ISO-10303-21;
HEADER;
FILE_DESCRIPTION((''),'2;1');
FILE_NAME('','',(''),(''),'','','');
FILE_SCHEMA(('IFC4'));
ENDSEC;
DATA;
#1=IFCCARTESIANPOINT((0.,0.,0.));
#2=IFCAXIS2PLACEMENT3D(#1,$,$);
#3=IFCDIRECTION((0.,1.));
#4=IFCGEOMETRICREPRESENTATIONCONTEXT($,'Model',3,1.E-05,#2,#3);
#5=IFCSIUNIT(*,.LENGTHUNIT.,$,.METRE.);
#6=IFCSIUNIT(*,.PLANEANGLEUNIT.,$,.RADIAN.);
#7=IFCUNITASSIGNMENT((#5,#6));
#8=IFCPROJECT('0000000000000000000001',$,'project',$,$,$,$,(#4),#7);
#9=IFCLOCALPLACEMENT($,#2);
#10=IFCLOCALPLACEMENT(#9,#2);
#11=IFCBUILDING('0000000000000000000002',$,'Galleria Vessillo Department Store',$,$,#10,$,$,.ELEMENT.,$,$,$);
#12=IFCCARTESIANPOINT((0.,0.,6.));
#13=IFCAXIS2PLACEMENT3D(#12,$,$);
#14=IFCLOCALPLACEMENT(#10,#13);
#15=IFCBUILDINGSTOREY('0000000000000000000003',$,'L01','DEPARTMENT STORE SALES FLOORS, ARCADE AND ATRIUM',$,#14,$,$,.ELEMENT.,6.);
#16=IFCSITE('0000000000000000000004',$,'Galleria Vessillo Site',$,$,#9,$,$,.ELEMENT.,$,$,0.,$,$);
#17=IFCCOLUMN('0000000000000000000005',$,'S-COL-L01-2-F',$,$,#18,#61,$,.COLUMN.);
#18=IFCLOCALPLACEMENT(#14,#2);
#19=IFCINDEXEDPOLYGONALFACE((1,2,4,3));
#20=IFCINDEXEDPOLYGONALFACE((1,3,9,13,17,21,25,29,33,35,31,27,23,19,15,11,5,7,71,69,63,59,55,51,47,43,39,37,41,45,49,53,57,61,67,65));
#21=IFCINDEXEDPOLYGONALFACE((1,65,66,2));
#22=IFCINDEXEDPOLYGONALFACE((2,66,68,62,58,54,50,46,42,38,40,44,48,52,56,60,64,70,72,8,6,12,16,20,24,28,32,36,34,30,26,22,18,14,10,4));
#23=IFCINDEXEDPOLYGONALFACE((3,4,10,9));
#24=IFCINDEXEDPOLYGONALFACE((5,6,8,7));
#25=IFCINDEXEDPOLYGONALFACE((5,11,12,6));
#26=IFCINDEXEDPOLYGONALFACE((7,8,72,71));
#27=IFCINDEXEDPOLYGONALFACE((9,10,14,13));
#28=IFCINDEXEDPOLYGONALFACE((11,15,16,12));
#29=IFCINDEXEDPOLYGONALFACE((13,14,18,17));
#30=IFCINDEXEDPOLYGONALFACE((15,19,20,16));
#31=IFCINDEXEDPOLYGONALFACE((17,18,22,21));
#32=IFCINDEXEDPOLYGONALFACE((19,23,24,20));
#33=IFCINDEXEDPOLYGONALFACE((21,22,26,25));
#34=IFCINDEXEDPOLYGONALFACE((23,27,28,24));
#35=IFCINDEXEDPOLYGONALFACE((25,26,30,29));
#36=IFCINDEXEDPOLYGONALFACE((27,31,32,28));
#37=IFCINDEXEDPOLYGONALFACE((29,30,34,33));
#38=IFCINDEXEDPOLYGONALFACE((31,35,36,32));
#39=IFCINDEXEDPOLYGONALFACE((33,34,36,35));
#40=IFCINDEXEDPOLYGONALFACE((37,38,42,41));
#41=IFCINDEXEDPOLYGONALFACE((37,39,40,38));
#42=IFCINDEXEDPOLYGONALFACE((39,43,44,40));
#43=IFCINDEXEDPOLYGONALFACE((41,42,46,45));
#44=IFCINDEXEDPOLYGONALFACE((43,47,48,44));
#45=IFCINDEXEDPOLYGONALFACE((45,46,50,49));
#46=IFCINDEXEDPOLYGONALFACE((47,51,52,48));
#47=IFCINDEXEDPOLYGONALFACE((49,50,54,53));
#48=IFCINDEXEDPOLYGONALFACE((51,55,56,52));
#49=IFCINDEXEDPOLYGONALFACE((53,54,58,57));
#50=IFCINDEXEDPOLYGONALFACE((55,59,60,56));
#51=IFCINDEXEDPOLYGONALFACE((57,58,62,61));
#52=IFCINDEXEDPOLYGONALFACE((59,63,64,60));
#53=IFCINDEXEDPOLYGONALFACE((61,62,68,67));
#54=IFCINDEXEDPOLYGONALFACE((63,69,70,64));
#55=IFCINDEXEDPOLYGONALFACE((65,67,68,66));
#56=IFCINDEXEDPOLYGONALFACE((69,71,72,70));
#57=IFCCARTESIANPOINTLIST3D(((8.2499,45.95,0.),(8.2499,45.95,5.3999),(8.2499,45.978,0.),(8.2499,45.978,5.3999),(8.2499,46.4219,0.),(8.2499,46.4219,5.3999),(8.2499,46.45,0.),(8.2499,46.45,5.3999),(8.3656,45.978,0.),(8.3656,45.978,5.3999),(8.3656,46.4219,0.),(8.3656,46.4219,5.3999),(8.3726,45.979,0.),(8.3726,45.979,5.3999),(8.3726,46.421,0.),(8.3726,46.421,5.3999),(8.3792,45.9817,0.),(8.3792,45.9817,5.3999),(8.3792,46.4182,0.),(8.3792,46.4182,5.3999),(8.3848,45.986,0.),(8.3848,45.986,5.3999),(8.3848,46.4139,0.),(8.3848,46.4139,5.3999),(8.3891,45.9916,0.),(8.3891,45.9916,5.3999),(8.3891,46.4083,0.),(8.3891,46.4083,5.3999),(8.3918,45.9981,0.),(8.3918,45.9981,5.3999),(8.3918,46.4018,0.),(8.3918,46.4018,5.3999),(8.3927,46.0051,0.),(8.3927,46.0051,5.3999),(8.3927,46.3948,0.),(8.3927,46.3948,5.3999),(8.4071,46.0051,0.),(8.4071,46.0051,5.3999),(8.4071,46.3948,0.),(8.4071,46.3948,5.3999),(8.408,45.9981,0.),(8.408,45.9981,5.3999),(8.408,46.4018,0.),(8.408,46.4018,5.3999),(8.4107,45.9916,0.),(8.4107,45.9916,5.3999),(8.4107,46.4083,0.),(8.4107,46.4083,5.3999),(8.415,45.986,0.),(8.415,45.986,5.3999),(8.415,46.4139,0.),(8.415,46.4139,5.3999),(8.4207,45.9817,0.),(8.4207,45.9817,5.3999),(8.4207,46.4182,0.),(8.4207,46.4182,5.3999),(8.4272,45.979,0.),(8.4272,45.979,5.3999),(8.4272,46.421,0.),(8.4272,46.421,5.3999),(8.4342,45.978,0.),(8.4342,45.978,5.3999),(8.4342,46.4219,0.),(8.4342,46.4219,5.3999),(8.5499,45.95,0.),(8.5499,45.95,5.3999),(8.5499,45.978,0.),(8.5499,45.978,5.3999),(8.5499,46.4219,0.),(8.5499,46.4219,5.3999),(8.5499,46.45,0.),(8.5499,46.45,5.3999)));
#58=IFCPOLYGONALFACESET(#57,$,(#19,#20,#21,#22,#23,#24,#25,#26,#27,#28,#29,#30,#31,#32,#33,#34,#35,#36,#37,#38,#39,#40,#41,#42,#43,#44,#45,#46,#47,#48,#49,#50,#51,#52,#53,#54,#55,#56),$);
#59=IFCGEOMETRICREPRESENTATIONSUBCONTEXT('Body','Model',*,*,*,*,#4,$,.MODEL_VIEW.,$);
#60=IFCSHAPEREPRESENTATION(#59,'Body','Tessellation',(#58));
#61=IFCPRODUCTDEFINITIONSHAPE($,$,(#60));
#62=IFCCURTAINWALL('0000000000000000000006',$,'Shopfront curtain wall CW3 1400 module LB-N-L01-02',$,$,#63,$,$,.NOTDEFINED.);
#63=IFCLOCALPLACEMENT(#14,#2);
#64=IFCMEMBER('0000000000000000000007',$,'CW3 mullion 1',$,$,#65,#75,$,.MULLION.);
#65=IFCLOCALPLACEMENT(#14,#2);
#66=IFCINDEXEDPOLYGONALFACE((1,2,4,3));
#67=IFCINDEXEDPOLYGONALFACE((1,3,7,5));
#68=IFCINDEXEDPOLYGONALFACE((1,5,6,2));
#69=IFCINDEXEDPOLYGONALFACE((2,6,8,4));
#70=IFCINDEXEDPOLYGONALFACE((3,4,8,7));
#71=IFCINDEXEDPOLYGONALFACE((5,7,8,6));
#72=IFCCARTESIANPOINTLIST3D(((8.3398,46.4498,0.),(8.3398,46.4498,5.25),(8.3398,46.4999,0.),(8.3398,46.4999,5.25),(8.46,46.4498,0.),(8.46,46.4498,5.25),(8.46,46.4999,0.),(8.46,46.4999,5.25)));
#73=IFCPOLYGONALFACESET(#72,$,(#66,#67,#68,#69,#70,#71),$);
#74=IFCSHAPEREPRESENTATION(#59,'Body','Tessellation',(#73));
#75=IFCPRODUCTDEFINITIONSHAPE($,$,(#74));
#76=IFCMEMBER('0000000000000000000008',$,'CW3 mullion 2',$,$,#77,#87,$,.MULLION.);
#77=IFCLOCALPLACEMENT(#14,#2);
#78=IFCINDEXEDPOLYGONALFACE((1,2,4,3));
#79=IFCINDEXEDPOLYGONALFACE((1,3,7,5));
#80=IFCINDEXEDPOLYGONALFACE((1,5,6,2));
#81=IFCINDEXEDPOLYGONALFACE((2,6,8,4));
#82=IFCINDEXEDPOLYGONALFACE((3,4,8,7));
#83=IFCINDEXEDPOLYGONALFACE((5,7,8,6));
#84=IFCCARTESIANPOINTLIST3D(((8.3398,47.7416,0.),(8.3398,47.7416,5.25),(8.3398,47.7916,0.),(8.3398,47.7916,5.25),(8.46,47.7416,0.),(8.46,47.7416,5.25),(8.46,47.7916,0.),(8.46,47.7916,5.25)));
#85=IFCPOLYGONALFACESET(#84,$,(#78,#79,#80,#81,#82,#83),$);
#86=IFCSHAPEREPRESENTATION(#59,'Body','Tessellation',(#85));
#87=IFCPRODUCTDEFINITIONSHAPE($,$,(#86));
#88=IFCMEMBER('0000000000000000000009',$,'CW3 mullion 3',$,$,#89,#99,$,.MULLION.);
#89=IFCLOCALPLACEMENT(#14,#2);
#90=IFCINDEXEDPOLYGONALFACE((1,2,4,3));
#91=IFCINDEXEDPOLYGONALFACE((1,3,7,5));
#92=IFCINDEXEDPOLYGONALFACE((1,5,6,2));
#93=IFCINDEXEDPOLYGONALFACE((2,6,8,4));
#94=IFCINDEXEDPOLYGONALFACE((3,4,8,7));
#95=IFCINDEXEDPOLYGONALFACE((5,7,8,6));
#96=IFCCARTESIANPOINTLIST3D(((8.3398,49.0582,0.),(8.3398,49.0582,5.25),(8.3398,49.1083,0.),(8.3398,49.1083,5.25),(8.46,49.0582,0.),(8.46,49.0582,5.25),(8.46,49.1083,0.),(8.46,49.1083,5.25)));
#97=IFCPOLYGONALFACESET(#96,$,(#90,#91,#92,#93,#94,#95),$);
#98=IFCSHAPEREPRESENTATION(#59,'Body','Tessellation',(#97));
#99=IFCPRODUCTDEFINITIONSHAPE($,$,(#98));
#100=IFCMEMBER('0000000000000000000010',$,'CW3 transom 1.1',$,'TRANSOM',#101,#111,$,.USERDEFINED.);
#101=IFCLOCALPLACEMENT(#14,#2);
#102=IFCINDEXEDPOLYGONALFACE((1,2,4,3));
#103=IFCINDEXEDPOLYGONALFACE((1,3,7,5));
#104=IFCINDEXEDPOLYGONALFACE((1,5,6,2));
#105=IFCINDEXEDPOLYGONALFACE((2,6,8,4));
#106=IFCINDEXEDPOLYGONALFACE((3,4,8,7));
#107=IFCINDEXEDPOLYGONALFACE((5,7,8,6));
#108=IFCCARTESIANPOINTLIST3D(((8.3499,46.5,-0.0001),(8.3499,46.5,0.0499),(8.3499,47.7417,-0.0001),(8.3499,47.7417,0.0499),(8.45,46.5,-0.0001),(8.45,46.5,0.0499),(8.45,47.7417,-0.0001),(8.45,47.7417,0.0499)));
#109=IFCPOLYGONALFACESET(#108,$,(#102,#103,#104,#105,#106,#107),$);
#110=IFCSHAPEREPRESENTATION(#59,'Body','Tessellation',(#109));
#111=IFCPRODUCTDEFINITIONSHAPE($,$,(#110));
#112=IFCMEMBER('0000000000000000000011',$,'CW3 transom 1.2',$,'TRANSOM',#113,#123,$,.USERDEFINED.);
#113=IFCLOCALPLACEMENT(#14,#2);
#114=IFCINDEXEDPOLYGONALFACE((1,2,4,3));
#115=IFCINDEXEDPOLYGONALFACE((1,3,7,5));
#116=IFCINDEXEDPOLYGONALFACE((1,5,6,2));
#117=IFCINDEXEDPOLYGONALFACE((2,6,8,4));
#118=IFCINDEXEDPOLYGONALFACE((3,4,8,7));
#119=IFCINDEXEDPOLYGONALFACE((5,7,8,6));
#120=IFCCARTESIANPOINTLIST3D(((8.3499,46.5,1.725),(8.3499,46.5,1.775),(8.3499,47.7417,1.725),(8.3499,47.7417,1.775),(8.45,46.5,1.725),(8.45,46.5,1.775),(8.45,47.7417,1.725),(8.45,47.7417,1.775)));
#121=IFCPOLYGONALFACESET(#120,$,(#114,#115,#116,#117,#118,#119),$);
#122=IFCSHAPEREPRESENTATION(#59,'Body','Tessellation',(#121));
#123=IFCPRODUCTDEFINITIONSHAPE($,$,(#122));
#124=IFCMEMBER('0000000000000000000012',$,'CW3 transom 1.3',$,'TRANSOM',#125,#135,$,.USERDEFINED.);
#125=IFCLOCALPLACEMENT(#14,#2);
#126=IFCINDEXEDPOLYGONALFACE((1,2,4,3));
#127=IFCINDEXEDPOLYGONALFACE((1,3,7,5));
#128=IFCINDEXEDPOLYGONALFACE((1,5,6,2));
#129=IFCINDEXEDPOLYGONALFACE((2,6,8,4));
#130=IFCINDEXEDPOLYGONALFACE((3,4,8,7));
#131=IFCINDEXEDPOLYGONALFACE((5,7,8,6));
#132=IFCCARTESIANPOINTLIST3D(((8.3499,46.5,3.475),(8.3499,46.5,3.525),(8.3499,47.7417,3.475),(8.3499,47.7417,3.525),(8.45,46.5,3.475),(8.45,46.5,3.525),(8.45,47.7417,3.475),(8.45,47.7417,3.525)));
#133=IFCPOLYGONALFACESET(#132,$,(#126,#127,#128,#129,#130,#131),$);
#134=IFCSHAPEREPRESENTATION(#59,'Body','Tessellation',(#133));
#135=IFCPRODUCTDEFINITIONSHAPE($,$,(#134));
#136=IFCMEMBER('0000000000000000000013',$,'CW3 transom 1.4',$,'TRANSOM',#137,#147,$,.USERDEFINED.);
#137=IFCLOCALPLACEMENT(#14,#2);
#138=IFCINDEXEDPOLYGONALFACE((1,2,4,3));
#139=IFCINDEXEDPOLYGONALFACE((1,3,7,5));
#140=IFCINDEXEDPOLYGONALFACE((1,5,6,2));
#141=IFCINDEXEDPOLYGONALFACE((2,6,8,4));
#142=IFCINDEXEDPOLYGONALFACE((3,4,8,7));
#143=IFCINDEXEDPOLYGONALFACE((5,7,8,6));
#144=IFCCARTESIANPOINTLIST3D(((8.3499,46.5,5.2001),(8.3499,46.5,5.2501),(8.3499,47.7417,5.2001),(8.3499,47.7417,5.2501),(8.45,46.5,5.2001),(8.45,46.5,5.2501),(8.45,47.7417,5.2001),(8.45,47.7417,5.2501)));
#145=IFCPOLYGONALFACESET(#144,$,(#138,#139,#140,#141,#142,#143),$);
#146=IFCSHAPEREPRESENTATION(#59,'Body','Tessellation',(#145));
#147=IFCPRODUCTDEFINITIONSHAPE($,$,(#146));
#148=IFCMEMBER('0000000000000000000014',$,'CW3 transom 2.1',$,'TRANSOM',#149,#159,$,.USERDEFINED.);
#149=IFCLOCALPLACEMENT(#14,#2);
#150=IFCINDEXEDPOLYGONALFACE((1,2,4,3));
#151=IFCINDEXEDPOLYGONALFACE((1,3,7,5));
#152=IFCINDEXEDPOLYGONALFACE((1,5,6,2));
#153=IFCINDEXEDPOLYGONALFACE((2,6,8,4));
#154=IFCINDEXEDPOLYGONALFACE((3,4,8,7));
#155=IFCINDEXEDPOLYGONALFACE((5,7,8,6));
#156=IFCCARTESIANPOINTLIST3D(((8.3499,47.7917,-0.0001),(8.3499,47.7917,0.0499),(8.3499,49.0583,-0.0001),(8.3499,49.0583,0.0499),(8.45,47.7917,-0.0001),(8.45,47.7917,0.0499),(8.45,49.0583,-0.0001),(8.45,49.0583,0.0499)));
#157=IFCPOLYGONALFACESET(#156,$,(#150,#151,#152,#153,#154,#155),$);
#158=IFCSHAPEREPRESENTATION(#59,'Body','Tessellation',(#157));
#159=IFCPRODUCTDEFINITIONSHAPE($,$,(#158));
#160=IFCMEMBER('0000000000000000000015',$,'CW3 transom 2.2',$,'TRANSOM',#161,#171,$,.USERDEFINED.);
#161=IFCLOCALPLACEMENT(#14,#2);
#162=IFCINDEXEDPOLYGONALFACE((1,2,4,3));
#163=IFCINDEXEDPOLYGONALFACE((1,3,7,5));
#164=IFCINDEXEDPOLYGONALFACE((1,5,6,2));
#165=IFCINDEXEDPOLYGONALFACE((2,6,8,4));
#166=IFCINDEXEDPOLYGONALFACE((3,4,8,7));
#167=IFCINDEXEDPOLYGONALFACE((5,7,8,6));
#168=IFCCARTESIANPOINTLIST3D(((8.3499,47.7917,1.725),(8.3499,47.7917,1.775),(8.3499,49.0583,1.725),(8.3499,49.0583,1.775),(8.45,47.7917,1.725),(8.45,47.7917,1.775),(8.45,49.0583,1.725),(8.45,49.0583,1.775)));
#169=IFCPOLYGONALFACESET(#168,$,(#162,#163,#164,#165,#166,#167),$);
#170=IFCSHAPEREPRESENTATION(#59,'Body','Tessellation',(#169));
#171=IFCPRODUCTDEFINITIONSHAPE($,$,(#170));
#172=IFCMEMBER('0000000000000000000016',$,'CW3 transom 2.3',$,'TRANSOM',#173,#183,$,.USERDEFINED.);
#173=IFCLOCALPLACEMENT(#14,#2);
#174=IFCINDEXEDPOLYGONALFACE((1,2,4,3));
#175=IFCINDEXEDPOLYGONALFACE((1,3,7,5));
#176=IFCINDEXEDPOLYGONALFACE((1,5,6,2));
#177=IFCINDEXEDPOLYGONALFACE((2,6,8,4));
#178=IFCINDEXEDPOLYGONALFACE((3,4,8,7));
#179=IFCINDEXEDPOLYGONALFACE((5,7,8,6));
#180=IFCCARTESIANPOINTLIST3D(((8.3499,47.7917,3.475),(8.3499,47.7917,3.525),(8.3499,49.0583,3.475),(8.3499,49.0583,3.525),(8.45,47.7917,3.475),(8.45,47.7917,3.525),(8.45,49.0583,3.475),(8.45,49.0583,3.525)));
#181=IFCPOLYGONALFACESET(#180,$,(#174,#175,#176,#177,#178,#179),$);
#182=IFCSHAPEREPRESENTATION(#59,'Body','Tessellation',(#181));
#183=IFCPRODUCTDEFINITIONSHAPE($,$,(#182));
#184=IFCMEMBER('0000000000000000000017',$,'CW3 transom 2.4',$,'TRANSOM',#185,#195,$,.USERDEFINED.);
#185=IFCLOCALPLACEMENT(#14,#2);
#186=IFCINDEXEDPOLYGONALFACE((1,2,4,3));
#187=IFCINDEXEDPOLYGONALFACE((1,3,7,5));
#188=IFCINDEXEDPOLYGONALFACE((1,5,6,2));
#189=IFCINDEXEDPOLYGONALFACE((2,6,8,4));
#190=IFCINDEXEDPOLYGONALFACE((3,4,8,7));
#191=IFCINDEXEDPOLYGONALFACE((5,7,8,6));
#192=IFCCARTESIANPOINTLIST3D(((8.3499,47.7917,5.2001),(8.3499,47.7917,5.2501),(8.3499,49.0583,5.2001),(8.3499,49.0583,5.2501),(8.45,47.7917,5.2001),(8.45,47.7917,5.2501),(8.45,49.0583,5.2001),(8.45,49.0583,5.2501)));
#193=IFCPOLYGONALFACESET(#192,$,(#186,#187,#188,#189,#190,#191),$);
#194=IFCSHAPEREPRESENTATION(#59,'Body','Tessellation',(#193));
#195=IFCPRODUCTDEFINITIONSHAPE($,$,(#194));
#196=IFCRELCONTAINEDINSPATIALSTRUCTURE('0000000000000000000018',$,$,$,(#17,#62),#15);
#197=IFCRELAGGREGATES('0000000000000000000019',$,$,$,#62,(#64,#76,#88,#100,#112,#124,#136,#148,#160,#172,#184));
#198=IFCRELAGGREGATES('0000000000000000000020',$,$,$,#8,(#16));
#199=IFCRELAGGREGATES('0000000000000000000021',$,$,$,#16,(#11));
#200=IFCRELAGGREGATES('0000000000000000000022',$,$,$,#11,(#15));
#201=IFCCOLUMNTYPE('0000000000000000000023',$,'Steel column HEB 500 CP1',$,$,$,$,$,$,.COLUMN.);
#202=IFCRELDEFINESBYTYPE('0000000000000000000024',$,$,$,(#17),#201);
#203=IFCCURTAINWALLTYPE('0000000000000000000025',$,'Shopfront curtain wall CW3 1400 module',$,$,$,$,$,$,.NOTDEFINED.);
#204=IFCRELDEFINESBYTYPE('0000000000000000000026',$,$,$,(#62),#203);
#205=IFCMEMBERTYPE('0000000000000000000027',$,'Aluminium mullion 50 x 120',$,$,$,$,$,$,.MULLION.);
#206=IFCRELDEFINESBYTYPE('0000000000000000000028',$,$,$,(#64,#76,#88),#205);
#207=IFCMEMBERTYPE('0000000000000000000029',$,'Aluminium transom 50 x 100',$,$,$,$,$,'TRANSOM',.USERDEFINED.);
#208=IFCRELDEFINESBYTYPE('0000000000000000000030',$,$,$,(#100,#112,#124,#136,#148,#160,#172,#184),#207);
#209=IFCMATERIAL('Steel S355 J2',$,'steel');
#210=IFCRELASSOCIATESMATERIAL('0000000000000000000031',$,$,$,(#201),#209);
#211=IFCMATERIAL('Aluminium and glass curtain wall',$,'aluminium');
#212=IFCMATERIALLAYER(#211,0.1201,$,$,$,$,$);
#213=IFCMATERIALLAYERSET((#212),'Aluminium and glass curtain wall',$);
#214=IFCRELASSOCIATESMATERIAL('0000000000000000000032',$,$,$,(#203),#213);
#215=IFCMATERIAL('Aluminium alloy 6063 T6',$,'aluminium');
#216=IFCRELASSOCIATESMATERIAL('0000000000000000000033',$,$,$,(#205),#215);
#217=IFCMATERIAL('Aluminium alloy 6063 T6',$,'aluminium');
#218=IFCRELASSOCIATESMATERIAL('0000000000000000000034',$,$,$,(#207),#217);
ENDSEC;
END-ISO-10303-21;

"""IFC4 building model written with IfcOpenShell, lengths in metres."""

from ifc_helpers import new_model, si_unit, direction, frame, origin, origin_2d, place, context, subcontext, project, spatial, rectangle, i_section, extrude, material, layer, layer_set, material_profile, profile_set, type_object, element, aggregate, save


model = new_model("IFC4")

# Units and contexts
model_context = context("Model", 3, precision=1e-05, world=origin(), true_north=direction((0.0, 1.0)))
body_context = subcontext(model_context, "Body", "Model", "MODEL_VIEW")
ifc_project = project(units=[si_unit("LENGTHUNIT", "METRE"), si_unit("PLANEANGLEUNIT", "RADIAN")], contexts=[model_context])

# Site, building, storey
site_placement = place(None, origin())
site = spatial("IfcSite", under=ifc_project, at=site_placement, Name="Galleria Vessillo Site", CompositionType="ELEMENT", RefElevation=0.0)
building_placement = place(site_placement, origin())
building = spatial("IfcBuilding", under=site, at=building_placement, Name="Galleria Vessillo Department Store", CompositionType="ELEMENT")
storey_placement = place(building_placement, frame((0.0, 0.0, 6.0)))
storey = spatial("IfcBuildingStorey", under=building, at=storey_placement, Name="L01", Description="DEPARTMENT STORE SALES FLOORS, ARCADE AND ATRIUM", CompositionType="ELEMENT", Elevation=6.0)

# Column
ifc_material_1 = material(Name="Steel S355 J2", Category="steel")
ifc_material_profile_1 = material_profile(ifc_material_1, i_section(OverallWidth=0.3, OverallDepth=0.5, WebThickness=0.0144, FlangeThickness=0.0281, FilletRadius=0.0271, at=origin_2d()), Name="HEB 500")
ifc_profile_set_1 = profile_set([ifc_material_profile_1], Name="Steel S355 J2")
column_type = type_object("IfcColumnType", Name="Steel column HEB 500 CP1", PredefinedType="COLUMN", material=ifc_profile_set_1)
column_placement = place(storey_placement, frame((8.3999, 46.2, 0.0), z_axis=(0.0, 0.0, 1.0), x_axis=(1.0, 0.0, 0.0)))
element("IfcColumn", 1, at=column_placement, inside=storey, type_object=column_type, Name="S-COL-L01-2-F", PredefinedType="COLUMN", context=body_context, shape_type="SweptSolid", body=[
    extrude(i_section(OverallWidth=0.3, OverallDepth=0.5, WebThickness=0.0144, FlangeThickness=0.0281, FilletRadius=0.0271, at=origin_2d()), origin(), (0.0, 0.0, 1.0), 5.3999),
])

# Curtain wall, members
ifc_material_2 = material(Name="Aluminium and glass curtain wall", Category="aluminium")
ifc_layer_1 = layer(ifc_material_2, 0.1201)
ifc_layer_set_1 = layer_set([ifc_layer_1], Name="Aluminium and glass curtain wall")
curtain_wall_type = type_object("IfcCurtainWallType", Name="Shopfront curtain wall CW3 1400 module", PredefinedType="NOTDEFINED", material=ifc_layer_set_1)
curtain_wall_placement = place(storey_placement, origin())
curtain_wall = element("IfcCurtainWall", 2, at=curtain_wall_placement, inside=storey, type_object=curtain_wall_type, Name="Shopfront curtain wall CW3 1400 module LB-N-L01-02", PredefinedType="NOTDEFINED")
ifc_material_3 = material(Name="Aluminium alloy 6063 T6", Category="aluminium")
ifc_material_profile_2 = material_profile(ifc_material_3, rectangle(XDim=0.1201, YDim=0.05, at=origin_2d()), Name="AL 50x120")
ifc_profile_set_2 = profile_set([ifc_material_profile_2], Name="Aluminium alloy 6063 T6")
member_type_1 = type_object("IfcMemberType", Name="Aluminium mullion 50 x 120", PredefinedType="MULLION", material=ifc_profile_set_2)
member_1_placement = place(storey_placement, frame((8.3999, 46.4749, 0.0), z_axis=(0.0, 0.0, 1.0), x_axis=(-1.0, 0.0, 0.0)))
member_1 = element("IfcMember", 3, at=member_1_placement, type_object=member_type_1, Name="CW3 mullion 1", PredefinedType="MULLION", context=body_context, shape_type="SweptSolid", body=[
    extrude(rectangle(XDim=0.1201, YDim=0.05, at=origin_2d()), origin(), (0.0, 0.0, 1.0), 5.25),
])
member_2_placement = place(storey_placement, frame((8.3999, 47.7666, 0.0), z_axis=(0.0, 0.0, 1.0), x_axis=(-1.0, 0.0, 0.0)))
member_2 = element("IfcMember", 4, at=member_2_placement, type_object=member_type_1, Name="CW3 mullion 2", PredefinedType="MULLION", context=body_context, shape_type="SweptSolid", body=[
    extrude(rectangle(XDim=0.1201, YDim=0.05, at=origin_2d()), origin(), (0.0, 0.0, 1.0), 5.25),
])
member_3_placement = place(storey_placement, frame((8.3999, 49.0833, 0.0), z_axis=(0.0, 0.0, 1.0), x_axis=(-1.0, 0.0, 0.0)))
member_3 = element("IfcMember", 5, at=member_3_placement, type_object=member_type_1, Name="CW3 mullion 3", PredefinedType="MULLION", context=body_context, shape_type="SweptSolid", body=[
    extrude(rectangle(XDim=0.1201, YDim=0.05, at=origin_2d()), origin(), (0.0, 0.0, 1.0), 5.25),
])
ifc_material_4 = material(Name="Aluminium alloy 6063 T6", Category="aluminium")
ifc_material_profile_3 = material_profile(ifc_material_4, rectangle(XDim=0.1001, YDim=0.05, at=origin_2d()), Name="AL 50x100")
ifc_profile_set_3 = profile_set([ifc_material_profile_3], Name="Aluminium alloy 6063 T6")
member_type_2 = type_object("IfcMemberType", Name="Aluminium transom 50 x 100", ElementType="TRANSOM", PredefinedType="USERDEFINED", material=ifc_profile_set_3)
member_4_placement = place(storey_placement, frame((8.3999, 46.5, 0.0249), z_axis=(0.0, 1.0, 0.0), x_axis=(-1.0, 0.0, 0.0)))
member_4 = element("IfcMember", 6, at=member_4_placement, type_object=member_type_2, Name="CW3 transom 1.1", ObjectType="TRANSOM", PredefinedType="USERDEFINED", context=body_context, shape_type="SweptSolid", body=[
    extrude(rectangle(XDim=0.1001, YDim=0.05, at=origin_2d()), origin(), (0.0, 0.0, 1.0), 1.2417),
])
member_5_placement = place(storey_placement, frame((8.3999, 46.5, 1.75), z_axis=(0.0, 1.0, 0.0), x_axis=(-1.0, 0.0, 0.0)))
member_5 = element("IfcMember", 7, at=member_5_placement, type_object=member_type_2, Name="CW3 transom 1.2", ObjectType="TRANSOM", PredefinedType="USERDEFINED", context=body_context, shape_type="SweptSolid", body=[
    extrude(rectangle(XDim=0.1001, YDim=0.05, at=origin_2d()), origin(), (0.0, 0.0, 1.0), 1.2417),
])
member_6_placement = place(storey_placement, frame((8.3999, 46.5, 3.5), z_axis=(0.0, 1.0, 0.0), x_axis=(-1.0, 0.0, 0.0)))
member_6 = element("IfcMember", 8, at=member_6_placement, type_object=member_type_2, Name="CW3 transom 1.3", ObjectType="TRANSOM", PredefinedType="USERDEFINED", context=body_context, shape_type="SweptSolid", body=[
    extrude(rectangle(XDim=0.1001, YDim=0.05, at=origin_2d()), origin(), (0.0, 0.0, 1.0), 1.2417),
])
member_7_placement = place(storey_placement, frame((8.3999, 46.5, 5.2251), z_axis=(0.0, 1.0, 0.0), x_axis=(-1.0, 0.0, 0.0)))
member_7 = element("IfcMember", 9, at=member_7_placement, type_object=member_type_2, Name="CW3 transom 1.4", ObjectType="TRANSOM", PredefinedType="USERDEFINED", context=body_context, shape_type="SweptSolid", body=[
    extrude(rectangle(XDim=0.1001, YDim=0.05, at=origin_2d()), origin(), (0.0, 0.0, 1.0), 1.2417),
])
member_8_placement = place(storey_placement, frame((8.3999, 47.7917, 0.0249), z_axis=(0.0, 1.0, 0.0), x_axis=(-1.0, 0.0, 0.0)))
member_8 = element("IfcMember", 10, at=member_8_placement, type_object=member_type_2, Name="CW3 transom 2.1", ObjectType="TRANSOM", PredefinedType="USERDEFINED", context=body_context, shape_type="SweptSolid", body=[
    extrude(rectangle(XDim=0.1001, YDim=0.05, at=origin_2d()), origin(), (0.0, 0.0, 1.0), 1.2666),
])
member_9_placement = place(storey_placement, frame((8.3999, 47.7917, 1.75), z_axis=(0.0, 1.0, 0.0), x_axis=(-1.0, 0.0, 0.0)))
member_9 = element("IfcMember", 11, at=member_9_placement, type_object=member_type_2, Name="CW3 transom 2.2", ObjectType="TRANSOM", PredefinedType="USERDEFINED", context=body_context, shape_type="SweptSolid", body=[
    extrude(rectangle(XDim=0.1001, YDim=0.05, at=origin_2d()), origin(), (0.0, 0.0, 1.0), 1.2666),
])
member_10_placement = place(storey_placement, frame((8.3999, 47.7917, 3.5), z_axis=(0.0, 1.0, 0.0), x_axis=(-1.0, 0.0, 0.0)))
member_10 = element("IfcMember", 12, at=member_10_placement, type_object=member_type_2, Name="CW3 transom 2.3", ObjectType="TRANSOM", PredefinedType="USERDEFINED", context=body_context, shape_type="SweptSolid", body=[
    extrude(rectangle(XDim=0.1001, YDim=0.05, at=origin_2d()), origin(), (0.0, 0.0, 1.0), 1.2666),
])
member_11_placement = place(storey_placement, frame((8.3999, 47.7917, 5.2251), z_axis=(0.0, 1.0, 0.0), x_axis=(-1.0, 0.0, 0.0)))
member_11 = element("IfcMember", 13, at=member_11_placement, type_object=member_type_2, Name="CW3 transom 2.4", ObjectType="TRANSOM", PredefinedType="USERDEFINED", context=body_context, shape_type="SweptSolid", body=[
    extrude(rectangle(XDim=0.1001, YDim=0.05, at=origin_2d()), origin(), (0.0, 0.0, 1.0), 1.2666),
])

aggregate(curtain_wall, [member_1, member_2, member_3, member_4, member_5, member_6, member_7, member_8, member_9, member_10, member_11])

save(model, "model.ifc")
